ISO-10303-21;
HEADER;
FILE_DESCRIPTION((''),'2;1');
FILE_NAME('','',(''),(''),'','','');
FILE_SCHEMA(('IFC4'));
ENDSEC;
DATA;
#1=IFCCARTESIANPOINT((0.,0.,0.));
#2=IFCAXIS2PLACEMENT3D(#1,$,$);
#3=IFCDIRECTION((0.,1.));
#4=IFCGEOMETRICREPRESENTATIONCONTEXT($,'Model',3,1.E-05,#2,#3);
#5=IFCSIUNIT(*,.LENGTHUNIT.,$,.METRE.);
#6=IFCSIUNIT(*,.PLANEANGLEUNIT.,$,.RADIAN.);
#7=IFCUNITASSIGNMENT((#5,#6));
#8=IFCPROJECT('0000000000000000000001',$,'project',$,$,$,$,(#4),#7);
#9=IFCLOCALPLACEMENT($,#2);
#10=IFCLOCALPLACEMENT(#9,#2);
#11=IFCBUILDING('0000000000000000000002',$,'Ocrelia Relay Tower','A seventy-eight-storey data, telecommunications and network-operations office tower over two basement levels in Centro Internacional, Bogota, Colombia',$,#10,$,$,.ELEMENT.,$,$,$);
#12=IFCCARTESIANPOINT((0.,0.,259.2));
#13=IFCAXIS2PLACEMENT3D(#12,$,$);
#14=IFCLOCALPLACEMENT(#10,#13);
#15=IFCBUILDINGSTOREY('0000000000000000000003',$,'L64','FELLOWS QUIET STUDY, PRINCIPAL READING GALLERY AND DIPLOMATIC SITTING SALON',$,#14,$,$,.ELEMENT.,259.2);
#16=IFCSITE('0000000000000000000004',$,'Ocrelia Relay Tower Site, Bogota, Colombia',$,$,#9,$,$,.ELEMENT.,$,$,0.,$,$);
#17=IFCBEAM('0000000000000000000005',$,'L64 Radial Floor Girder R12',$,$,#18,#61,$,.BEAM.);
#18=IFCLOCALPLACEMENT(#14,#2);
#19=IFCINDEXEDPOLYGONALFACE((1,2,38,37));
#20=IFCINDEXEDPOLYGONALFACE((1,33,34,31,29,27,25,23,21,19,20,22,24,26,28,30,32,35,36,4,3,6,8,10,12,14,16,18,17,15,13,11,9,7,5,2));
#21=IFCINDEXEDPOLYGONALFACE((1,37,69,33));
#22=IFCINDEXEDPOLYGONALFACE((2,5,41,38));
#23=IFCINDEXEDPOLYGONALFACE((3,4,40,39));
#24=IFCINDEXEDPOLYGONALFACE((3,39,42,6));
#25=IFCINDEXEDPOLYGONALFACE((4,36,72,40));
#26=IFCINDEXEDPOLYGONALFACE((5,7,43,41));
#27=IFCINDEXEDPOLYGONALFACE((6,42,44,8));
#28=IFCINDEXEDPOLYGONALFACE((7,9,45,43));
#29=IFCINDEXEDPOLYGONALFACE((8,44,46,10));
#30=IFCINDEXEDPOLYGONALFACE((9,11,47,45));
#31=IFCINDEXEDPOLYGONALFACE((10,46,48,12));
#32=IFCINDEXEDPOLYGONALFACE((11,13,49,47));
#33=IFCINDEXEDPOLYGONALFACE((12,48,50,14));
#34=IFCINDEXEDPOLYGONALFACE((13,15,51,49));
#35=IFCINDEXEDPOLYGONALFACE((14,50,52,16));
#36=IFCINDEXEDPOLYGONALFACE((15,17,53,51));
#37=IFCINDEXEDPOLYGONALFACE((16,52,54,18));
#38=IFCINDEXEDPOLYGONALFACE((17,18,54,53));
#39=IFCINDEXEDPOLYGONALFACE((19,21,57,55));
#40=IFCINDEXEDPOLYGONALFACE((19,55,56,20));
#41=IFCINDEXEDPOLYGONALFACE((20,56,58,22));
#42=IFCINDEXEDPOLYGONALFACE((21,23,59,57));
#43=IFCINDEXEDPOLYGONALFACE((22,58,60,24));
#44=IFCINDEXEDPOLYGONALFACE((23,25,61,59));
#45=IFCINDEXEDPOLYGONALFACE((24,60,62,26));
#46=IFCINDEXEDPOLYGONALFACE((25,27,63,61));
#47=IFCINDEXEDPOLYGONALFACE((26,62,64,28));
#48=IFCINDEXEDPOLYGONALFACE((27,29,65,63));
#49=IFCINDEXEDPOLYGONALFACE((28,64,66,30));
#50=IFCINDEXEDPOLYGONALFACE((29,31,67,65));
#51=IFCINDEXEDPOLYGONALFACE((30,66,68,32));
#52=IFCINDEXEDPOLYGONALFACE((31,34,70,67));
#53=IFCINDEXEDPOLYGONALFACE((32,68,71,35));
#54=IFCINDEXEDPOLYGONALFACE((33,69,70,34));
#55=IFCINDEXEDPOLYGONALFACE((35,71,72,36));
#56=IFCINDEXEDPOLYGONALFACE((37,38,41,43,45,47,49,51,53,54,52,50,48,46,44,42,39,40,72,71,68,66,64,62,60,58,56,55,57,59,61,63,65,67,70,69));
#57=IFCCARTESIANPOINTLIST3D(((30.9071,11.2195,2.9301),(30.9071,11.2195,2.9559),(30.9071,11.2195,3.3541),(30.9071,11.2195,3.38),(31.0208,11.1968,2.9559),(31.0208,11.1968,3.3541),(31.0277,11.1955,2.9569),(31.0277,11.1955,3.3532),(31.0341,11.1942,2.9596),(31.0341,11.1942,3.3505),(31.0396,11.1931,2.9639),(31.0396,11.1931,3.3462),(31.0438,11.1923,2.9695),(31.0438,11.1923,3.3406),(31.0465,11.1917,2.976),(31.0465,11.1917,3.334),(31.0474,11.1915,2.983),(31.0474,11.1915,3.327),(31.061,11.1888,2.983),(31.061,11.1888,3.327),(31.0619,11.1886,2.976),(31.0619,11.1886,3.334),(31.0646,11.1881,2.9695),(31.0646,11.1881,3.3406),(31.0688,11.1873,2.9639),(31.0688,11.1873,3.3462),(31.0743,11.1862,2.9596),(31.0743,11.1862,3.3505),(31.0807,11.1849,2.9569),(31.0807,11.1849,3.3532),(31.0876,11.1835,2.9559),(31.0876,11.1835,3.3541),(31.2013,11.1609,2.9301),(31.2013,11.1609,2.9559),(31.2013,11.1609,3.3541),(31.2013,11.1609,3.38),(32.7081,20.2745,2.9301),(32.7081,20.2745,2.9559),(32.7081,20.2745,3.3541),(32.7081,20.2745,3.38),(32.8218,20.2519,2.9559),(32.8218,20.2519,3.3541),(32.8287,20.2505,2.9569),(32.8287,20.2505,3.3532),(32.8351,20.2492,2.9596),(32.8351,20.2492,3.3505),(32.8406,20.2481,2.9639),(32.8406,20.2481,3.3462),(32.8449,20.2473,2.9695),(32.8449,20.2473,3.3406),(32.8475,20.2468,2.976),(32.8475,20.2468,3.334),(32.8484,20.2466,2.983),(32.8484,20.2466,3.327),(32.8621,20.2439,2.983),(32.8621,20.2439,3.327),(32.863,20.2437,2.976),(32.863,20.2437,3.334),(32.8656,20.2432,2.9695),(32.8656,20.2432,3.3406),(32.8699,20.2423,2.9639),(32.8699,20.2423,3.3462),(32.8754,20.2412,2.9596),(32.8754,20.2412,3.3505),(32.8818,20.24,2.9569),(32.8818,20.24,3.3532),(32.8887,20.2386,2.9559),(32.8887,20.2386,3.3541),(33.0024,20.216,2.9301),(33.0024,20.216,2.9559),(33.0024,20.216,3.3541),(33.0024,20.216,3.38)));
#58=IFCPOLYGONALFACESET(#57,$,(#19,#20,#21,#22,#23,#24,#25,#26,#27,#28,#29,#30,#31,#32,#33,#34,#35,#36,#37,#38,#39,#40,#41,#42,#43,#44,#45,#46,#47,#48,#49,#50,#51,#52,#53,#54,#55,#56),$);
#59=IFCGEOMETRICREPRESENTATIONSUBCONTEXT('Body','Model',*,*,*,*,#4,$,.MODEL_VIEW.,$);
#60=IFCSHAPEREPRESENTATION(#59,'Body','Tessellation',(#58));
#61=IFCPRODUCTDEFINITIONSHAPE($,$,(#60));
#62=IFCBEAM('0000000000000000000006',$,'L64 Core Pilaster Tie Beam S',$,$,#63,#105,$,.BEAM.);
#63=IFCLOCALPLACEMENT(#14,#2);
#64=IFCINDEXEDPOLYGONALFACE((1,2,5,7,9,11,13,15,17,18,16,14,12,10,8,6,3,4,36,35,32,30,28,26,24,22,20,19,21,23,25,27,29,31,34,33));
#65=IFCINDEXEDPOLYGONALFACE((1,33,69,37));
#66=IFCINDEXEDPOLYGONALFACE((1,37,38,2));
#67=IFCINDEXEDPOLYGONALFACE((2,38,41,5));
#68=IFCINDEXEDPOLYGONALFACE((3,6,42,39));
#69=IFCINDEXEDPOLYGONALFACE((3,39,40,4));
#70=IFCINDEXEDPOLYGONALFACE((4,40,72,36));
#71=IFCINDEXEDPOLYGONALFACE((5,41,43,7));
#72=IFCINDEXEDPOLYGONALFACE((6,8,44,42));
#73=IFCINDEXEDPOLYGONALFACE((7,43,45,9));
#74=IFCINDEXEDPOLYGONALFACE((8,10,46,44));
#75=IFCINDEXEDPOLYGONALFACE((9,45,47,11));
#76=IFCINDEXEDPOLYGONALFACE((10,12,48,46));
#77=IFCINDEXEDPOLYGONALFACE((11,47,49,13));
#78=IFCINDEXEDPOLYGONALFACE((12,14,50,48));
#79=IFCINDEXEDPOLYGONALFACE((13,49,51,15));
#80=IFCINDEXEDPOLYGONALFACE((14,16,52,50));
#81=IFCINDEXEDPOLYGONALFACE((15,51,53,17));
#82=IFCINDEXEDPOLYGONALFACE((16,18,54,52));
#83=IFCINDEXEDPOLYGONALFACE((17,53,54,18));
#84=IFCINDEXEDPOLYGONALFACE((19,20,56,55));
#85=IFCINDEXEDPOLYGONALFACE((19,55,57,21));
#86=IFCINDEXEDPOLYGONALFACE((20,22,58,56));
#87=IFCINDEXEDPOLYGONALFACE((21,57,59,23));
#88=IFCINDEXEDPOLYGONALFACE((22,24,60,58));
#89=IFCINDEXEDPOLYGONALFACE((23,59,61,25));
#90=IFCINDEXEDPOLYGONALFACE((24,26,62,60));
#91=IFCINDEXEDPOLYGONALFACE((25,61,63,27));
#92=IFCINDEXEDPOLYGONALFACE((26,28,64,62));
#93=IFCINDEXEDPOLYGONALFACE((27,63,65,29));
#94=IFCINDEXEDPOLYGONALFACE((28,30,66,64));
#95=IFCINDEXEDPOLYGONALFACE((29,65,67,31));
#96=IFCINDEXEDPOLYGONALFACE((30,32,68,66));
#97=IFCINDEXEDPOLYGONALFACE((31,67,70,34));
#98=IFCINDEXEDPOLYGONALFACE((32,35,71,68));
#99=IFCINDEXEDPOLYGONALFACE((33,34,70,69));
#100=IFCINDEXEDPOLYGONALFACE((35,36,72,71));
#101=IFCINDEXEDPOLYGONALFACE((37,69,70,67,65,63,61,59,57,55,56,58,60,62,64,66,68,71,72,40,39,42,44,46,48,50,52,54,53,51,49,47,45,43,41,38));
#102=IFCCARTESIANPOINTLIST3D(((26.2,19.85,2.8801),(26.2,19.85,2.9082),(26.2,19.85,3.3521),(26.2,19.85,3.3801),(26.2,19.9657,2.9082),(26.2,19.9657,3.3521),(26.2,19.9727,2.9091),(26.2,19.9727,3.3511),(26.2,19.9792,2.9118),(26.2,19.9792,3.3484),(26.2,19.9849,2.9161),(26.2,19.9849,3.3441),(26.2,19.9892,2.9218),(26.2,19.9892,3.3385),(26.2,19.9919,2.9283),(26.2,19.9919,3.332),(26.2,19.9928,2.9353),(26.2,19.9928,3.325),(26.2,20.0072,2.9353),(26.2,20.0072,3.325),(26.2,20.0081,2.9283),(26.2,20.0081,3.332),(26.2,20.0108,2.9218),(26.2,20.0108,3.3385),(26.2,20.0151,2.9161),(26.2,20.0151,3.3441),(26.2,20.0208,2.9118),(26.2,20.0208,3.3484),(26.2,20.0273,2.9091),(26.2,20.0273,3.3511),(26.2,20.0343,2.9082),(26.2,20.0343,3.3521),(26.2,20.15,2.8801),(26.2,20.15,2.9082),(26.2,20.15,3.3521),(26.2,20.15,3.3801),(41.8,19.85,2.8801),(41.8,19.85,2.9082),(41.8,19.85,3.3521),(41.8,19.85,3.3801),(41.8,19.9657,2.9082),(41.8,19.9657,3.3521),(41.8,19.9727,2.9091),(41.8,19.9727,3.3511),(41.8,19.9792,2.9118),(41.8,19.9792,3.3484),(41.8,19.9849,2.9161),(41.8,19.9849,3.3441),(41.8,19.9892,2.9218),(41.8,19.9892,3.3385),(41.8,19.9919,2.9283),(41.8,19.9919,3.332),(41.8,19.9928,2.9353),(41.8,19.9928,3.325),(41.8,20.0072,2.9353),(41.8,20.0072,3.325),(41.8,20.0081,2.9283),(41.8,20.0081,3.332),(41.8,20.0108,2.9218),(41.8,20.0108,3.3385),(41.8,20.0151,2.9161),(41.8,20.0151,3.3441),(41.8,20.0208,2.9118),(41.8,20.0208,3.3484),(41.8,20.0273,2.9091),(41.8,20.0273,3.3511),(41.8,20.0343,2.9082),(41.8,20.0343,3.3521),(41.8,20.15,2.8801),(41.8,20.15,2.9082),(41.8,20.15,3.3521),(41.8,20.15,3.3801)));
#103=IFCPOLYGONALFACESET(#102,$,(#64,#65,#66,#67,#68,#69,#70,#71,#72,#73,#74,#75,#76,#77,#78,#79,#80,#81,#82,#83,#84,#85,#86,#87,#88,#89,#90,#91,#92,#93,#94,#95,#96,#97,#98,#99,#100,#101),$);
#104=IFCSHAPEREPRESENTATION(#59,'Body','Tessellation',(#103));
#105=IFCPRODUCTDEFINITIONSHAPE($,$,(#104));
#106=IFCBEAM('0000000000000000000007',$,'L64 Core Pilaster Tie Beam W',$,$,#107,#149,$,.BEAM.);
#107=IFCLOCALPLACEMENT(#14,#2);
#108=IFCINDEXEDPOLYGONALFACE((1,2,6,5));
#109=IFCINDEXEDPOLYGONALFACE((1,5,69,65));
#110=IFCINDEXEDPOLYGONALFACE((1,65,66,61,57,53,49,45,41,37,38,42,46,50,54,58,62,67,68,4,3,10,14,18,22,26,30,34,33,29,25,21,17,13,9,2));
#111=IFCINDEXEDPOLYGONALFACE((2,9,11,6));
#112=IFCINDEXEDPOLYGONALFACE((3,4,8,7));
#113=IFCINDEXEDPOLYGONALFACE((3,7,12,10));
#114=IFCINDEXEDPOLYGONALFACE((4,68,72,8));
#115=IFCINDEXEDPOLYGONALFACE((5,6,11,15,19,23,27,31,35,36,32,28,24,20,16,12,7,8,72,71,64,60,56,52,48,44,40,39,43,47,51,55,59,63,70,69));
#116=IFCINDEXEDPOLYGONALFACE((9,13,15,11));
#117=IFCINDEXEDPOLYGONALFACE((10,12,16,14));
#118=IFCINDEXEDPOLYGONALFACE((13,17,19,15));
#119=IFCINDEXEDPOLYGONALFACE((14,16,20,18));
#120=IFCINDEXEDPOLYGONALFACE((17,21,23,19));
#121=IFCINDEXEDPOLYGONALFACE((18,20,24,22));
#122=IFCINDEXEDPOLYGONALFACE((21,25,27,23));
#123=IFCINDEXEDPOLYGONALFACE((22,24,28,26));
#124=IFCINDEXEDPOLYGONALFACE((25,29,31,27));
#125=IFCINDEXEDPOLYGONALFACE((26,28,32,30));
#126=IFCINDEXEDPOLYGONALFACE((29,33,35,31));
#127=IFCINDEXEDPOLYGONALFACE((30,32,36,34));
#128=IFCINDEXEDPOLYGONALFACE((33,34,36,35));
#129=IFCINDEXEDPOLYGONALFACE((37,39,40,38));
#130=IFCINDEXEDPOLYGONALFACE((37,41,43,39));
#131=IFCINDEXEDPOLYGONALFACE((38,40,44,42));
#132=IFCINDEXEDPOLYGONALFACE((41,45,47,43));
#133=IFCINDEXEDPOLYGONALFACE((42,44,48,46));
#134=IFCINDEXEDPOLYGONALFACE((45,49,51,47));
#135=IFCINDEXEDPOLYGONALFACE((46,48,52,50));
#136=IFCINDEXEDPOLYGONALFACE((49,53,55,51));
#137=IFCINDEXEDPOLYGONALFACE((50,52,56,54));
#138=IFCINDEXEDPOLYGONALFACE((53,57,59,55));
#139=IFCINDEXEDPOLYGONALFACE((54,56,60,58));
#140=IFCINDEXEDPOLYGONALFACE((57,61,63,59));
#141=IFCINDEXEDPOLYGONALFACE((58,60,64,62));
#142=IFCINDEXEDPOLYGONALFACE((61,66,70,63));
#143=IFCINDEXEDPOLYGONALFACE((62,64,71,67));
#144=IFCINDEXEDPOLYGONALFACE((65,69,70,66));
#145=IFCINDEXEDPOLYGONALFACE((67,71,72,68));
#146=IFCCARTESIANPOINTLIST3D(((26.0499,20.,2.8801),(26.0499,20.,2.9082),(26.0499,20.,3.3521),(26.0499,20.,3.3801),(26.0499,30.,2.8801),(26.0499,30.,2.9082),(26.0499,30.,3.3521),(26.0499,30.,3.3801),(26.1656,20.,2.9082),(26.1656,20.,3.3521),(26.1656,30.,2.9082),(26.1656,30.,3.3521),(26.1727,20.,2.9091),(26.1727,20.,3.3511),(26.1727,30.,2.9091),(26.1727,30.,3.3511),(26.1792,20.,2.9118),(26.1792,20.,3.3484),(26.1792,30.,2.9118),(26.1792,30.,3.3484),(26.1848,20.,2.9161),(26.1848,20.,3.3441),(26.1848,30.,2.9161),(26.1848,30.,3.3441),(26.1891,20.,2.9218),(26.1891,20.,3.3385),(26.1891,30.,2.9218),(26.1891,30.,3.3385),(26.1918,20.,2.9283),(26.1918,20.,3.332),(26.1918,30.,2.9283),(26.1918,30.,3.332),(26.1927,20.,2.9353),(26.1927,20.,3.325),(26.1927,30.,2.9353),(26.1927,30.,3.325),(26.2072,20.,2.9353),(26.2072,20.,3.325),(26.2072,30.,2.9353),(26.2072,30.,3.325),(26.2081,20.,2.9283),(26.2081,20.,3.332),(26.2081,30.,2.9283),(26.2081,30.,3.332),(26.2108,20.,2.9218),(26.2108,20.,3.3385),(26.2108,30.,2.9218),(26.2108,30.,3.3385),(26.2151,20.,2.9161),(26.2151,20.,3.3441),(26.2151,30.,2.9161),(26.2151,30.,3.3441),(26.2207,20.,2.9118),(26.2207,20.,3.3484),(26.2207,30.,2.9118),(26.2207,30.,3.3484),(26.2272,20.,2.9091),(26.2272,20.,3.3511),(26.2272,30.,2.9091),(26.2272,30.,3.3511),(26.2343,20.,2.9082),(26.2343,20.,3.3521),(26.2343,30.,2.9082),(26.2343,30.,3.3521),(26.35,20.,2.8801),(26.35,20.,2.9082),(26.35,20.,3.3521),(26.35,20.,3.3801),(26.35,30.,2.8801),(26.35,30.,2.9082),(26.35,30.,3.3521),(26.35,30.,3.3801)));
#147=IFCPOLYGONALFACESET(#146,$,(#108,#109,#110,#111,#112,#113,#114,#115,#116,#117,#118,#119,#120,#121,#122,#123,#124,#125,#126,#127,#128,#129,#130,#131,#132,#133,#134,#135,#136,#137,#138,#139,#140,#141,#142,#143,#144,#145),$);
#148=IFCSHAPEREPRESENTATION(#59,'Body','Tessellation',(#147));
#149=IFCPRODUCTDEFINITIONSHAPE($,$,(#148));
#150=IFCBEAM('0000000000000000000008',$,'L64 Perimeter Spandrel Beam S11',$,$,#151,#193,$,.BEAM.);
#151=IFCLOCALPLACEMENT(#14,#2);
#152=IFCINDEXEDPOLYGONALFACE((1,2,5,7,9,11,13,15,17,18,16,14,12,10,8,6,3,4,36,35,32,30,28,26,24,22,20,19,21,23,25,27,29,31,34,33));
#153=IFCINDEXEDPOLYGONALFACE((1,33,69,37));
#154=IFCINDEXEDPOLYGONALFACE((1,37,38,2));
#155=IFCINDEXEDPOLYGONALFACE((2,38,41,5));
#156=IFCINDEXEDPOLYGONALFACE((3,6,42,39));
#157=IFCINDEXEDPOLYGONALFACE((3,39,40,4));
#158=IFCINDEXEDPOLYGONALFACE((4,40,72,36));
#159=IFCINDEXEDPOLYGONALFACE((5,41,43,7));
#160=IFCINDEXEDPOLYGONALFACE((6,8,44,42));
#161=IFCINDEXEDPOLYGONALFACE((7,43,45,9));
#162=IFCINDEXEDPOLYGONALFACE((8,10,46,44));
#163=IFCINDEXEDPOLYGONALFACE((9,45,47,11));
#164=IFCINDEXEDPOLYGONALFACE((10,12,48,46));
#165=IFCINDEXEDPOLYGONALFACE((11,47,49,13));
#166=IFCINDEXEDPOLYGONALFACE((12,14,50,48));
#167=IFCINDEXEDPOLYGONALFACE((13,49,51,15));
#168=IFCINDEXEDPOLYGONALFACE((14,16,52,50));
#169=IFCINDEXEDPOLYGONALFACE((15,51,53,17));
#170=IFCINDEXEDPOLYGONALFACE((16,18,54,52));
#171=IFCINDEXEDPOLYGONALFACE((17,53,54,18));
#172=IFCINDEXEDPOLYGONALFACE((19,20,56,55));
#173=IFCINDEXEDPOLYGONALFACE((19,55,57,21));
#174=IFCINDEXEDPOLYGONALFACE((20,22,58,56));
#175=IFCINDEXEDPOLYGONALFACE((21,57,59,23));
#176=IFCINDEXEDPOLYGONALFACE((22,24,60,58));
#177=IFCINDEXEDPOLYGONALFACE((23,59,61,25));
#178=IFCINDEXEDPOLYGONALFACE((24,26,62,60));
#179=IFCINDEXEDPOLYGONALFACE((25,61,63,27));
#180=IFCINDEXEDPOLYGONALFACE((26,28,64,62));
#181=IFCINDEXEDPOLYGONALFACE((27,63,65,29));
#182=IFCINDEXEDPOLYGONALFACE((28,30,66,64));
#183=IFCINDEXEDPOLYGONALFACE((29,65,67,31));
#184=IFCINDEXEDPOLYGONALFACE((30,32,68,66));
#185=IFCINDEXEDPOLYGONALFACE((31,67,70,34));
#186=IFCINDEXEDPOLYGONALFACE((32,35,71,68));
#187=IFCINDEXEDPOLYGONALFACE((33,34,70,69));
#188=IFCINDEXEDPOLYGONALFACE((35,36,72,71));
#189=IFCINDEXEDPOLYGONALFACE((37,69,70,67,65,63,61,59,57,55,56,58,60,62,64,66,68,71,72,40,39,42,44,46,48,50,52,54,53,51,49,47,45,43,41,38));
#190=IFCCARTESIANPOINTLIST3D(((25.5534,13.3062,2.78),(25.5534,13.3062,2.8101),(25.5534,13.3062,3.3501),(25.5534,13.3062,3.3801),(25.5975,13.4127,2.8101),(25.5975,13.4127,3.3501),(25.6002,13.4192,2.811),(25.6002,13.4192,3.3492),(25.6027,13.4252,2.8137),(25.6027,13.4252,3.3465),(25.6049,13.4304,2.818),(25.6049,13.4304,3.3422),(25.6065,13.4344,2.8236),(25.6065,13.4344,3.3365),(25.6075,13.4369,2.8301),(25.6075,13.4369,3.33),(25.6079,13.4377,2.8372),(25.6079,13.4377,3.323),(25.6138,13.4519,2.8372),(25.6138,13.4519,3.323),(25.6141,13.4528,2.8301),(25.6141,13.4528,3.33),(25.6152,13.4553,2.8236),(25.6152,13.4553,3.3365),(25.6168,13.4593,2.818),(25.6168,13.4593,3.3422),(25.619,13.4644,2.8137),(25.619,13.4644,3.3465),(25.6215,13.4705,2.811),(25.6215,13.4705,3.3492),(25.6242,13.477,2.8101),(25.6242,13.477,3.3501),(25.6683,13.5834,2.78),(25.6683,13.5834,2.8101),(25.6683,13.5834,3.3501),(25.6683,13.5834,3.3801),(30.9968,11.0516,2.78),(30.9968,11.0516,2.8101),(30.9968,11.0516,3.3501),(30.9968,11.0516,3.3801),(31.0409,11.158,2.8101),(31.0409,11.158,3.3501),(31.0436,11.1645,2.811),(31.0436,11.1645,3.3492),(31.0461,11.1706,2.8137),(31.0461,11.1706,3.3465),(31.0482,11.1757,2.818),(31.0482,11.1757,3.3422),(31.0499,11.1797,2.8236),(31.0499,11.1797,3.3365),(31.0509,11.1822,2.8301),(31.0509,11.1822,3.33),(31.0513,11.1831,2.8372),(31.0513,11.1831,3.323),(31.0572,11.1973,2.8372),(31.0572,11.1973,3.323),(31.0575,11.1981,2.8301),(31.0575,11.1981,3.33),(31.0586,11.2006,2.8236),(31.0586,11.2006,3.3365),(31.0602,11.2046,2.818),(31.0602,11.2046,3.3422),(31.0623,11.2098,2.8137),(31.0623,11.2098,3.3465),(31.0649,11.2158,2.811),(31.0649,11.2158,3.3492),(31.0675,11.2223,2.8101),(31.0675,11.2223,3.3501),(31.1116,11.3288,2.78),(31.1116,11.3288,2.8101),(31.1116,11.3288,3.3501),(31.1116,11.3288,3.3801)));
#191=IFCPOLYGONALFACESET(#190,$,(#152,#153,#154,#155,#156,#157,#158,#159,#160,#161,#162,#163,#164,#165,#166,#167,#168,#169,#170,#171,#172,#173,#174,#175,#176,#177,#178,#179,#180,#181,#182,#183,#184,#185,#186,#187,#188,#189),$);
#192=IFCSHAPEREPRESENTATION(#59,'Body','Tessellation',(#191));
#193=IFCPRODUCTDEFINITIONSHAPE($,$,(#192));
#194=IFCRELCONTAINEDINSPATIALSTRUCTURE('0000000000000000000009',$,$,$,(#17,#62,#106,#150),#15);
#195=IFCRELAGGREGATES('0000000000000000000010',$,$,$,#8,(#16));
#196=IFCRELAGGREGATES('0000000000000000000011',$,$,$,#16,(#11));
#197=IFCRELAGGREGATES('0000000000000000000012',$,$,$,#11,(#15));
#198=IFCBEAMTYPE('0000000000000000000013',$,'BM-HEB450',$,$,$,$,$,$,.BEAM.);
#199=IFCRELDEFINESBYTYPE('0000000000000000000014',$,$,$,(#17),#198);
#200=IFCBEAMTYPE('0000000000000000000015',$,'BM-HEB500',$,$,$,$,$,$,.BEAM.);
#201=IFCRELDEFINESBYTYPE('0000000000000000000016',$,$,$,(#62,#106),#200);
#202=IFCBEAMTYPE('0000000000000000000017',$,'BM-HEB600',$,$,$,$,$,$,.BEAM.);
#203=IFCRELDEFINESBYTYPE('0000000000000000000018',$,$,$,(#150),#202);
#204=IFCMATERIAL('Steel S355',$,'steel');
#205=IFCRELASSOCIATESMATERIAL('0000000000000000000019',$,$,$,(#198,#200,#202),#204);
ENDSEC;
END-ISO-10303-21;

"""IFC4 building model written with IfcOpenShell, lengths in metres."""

from ifc_helpers import new_model, si_unit, direction, frame, origin, origin_2d, place, context, subcontext, project, spatial, i_section, extrude, material, material_profile, profile_set, type_object, element, save


model = new_model("IFC4")

# Units and contexts
model_context = context("Model", 3, precision=1e-05, world=origin(), true_north=direction((0.0, 1.0)))
body_context = subcontext(model_context, "Body", "Model", "MODEL_VIEW")
ifc_project = project(units=[si_unit("LENGTHUNIT", "METRE"), si_unit("PLANEANGLEUNIT", "RADIAN")], contexts=[model_context])

# Site, building, storey
site_placement = place(None, origin())
site = spatial("IfcSite", under=ifc_project, at=site_placement, Name="Ocrelia Relay Tower Site, Bogota, Colombia", CompositionType="ELEMENT", RefElevation=0.0)
building_placement = place(site_placement, origin())
building = spatial("IfcBuilding", under=site, at=building_placement, Name="Ocrelia Relay Tower", Description="A seventy-eight-storey data, telecommunications and network-operations office tower over two basement levels in Centro Internacional, Bogota, Colombia", CompositionType="ELEMENT")
storey_placement = place(building_placement, frame((0.0, 0.0, 259.2)))
storey = spatial("IfcBuildingStorey", under=building, at=storey_placement, Name="L64", Description="FELLOWS QUIET STUDY, PRINCIPAL READING GALLERY AND DIPLOMATIC SITTING SALON", CompositionType="ELEMENT", Elevation=259.2)

# Beams
ifc_material_1 = material(Name="Steel S355", Category="steel")
ifc_material_profile_1 = material_profile(ifc_material_1, i_section(OverallWidth=0.3, OverallDepth=0.45, WebThickness=0.0139, FlangeThickness=0.0259, FilletRadius=0.0271, at=origin_2d()), Name="HEB 450")
ifc_profile_set_1 = profile_set([ifc_material_profile_1], Name="Steel S355")
beam_type_1 = type_object("IfcBeamType", Name="BM-HEB450", PredefinedType="BEAM", material=ifc_profile_set_1)
beam_1_placement = place(storey_placement, frame((31.0542, 11.1902, 3.155), z_axis=(0.195079, 0.980788, 0.0), x_axis=(-0.980788, 0.195079, 0.0)))
element("IfcBeam", 1, at=beam_1_placement, inside=storey, type_object=beam_type_1, Name="L64 Radial Floor Girder R12", PredefinedType="BEAM", context=body_context, shape_type="SweptSolid", body=[
    extrude(i_section(OverallWidth=0.3, OverallDepth=0.45, WebThickness=0.0139, FlangeThickness=0.0259, FilletRadius=0.0271, at=origin_2d()), origin(), (0.0, 0.0, 1.0), 9.2324),
])
ifc_material_profile_2 = material_profile(ifc_material_1, i_section(OverallWidth=0.3, OverallDepth=0.5, WebThickness=0.0144, FlangeThickness=0.0281, FilletRadius=0.0271, at=origin_2d()), Name="HEB 500")
ifc_profile_set_2 = profile_set([ifc_material_profile_2], Name="Steel S355")
beam_type_2 = type_object("IfcBeamType", Name="BM-HEB500", PredefinedType="BEAM", material=ifc_profile_set_2)
beam_2_placement = place(storey_placement, frame((26.2, 20.0, 3.1301), z_axis=(1.0, 0.0, 0.0), x_axis=(0.0, 1.0, 0.0)))
element("IfcBeam", 2, at=beam_2_placement, inside=storey, type_object=beam_type_2, Name="L64 Core Pilaster Tie Beam S", PredefinedType="BEAM", context=body_context, shape_type="SweptSolid", body=[
    extrude(i_section(OverallWidth=0.3, OverallDepth=0.5, WebThickness=0.0144, FlangeThickness=0.0281, FilletRadius=0.0271, at=origin_2d()), origin(), (0.0, 0.0, 1.0), 15.6001),
])
beam_3_placement = place(storey_placement, frame((26.2, 20.0, 3.1301), z_axis=(0.0, 1.0, 0.0), x_axis=(-1.0, 0.0, 0.0)))
element("IfcBeam", 3, at=beam_3_placement, inside=storey, type_object=beam_type_2, Name="L64 Core Pilaster Tie Beam W", PredefinedType="BEAM", context=body_context, shape_type="SweptSolid", body=[
    extrude(i_section(OverallWidth=0.3, OverallDepth=0.5, WebThickness=0.0144, FlangeThickness=0.0281, FilletRadius=0.0271, at=origin_2d()), origin(), (0.0, 0.0, 1.0), 10.0),
])
ifc_material_profile_3 = material_profile(ifc_material_1, i_section(OverallWidth=0.3, OverallDepth=0.6001, WebThickness=0.0154, FlangeThickness=0.03, FilletRadius=0.0271, at=origin_2d()), Name="HEB 600")
ifc_profile_set_3 = profile_set([ifc_material_profile_3], Name="Steel S355")
beam_type_3 = type_object("IfcBeamType", Name="BM-HEB600", PredefinedType="BEAM", material=ifc_profile_set_3)
beam_4_placement = place(storey_placement, frame((25.6108, 13.4448, 3.0801), z_axis=(0.923884, -0.382673, 0.0), x_axis=(0.382673, 0.923884, 0.0)))
element("IfcBeam", 4, at=beam_4_placement, inside=storey, type_object=beam_type_3, Name="L64 Perimeter Spandrel Beam S11", PredefinedType="BEAM", context=body_context, shape_type="SweptSolid", body=[
    extrude(i_section(OverallWidth=0.3, OverallDepth=0.6001, WebThickness=0.0154, FlangeThickness=0.03, FilletRadius=0.0271, at=origin_2d()), origin(), (0.0, 0.0, 1.0), 5.8918),
])

save(model, "model.ifc")
